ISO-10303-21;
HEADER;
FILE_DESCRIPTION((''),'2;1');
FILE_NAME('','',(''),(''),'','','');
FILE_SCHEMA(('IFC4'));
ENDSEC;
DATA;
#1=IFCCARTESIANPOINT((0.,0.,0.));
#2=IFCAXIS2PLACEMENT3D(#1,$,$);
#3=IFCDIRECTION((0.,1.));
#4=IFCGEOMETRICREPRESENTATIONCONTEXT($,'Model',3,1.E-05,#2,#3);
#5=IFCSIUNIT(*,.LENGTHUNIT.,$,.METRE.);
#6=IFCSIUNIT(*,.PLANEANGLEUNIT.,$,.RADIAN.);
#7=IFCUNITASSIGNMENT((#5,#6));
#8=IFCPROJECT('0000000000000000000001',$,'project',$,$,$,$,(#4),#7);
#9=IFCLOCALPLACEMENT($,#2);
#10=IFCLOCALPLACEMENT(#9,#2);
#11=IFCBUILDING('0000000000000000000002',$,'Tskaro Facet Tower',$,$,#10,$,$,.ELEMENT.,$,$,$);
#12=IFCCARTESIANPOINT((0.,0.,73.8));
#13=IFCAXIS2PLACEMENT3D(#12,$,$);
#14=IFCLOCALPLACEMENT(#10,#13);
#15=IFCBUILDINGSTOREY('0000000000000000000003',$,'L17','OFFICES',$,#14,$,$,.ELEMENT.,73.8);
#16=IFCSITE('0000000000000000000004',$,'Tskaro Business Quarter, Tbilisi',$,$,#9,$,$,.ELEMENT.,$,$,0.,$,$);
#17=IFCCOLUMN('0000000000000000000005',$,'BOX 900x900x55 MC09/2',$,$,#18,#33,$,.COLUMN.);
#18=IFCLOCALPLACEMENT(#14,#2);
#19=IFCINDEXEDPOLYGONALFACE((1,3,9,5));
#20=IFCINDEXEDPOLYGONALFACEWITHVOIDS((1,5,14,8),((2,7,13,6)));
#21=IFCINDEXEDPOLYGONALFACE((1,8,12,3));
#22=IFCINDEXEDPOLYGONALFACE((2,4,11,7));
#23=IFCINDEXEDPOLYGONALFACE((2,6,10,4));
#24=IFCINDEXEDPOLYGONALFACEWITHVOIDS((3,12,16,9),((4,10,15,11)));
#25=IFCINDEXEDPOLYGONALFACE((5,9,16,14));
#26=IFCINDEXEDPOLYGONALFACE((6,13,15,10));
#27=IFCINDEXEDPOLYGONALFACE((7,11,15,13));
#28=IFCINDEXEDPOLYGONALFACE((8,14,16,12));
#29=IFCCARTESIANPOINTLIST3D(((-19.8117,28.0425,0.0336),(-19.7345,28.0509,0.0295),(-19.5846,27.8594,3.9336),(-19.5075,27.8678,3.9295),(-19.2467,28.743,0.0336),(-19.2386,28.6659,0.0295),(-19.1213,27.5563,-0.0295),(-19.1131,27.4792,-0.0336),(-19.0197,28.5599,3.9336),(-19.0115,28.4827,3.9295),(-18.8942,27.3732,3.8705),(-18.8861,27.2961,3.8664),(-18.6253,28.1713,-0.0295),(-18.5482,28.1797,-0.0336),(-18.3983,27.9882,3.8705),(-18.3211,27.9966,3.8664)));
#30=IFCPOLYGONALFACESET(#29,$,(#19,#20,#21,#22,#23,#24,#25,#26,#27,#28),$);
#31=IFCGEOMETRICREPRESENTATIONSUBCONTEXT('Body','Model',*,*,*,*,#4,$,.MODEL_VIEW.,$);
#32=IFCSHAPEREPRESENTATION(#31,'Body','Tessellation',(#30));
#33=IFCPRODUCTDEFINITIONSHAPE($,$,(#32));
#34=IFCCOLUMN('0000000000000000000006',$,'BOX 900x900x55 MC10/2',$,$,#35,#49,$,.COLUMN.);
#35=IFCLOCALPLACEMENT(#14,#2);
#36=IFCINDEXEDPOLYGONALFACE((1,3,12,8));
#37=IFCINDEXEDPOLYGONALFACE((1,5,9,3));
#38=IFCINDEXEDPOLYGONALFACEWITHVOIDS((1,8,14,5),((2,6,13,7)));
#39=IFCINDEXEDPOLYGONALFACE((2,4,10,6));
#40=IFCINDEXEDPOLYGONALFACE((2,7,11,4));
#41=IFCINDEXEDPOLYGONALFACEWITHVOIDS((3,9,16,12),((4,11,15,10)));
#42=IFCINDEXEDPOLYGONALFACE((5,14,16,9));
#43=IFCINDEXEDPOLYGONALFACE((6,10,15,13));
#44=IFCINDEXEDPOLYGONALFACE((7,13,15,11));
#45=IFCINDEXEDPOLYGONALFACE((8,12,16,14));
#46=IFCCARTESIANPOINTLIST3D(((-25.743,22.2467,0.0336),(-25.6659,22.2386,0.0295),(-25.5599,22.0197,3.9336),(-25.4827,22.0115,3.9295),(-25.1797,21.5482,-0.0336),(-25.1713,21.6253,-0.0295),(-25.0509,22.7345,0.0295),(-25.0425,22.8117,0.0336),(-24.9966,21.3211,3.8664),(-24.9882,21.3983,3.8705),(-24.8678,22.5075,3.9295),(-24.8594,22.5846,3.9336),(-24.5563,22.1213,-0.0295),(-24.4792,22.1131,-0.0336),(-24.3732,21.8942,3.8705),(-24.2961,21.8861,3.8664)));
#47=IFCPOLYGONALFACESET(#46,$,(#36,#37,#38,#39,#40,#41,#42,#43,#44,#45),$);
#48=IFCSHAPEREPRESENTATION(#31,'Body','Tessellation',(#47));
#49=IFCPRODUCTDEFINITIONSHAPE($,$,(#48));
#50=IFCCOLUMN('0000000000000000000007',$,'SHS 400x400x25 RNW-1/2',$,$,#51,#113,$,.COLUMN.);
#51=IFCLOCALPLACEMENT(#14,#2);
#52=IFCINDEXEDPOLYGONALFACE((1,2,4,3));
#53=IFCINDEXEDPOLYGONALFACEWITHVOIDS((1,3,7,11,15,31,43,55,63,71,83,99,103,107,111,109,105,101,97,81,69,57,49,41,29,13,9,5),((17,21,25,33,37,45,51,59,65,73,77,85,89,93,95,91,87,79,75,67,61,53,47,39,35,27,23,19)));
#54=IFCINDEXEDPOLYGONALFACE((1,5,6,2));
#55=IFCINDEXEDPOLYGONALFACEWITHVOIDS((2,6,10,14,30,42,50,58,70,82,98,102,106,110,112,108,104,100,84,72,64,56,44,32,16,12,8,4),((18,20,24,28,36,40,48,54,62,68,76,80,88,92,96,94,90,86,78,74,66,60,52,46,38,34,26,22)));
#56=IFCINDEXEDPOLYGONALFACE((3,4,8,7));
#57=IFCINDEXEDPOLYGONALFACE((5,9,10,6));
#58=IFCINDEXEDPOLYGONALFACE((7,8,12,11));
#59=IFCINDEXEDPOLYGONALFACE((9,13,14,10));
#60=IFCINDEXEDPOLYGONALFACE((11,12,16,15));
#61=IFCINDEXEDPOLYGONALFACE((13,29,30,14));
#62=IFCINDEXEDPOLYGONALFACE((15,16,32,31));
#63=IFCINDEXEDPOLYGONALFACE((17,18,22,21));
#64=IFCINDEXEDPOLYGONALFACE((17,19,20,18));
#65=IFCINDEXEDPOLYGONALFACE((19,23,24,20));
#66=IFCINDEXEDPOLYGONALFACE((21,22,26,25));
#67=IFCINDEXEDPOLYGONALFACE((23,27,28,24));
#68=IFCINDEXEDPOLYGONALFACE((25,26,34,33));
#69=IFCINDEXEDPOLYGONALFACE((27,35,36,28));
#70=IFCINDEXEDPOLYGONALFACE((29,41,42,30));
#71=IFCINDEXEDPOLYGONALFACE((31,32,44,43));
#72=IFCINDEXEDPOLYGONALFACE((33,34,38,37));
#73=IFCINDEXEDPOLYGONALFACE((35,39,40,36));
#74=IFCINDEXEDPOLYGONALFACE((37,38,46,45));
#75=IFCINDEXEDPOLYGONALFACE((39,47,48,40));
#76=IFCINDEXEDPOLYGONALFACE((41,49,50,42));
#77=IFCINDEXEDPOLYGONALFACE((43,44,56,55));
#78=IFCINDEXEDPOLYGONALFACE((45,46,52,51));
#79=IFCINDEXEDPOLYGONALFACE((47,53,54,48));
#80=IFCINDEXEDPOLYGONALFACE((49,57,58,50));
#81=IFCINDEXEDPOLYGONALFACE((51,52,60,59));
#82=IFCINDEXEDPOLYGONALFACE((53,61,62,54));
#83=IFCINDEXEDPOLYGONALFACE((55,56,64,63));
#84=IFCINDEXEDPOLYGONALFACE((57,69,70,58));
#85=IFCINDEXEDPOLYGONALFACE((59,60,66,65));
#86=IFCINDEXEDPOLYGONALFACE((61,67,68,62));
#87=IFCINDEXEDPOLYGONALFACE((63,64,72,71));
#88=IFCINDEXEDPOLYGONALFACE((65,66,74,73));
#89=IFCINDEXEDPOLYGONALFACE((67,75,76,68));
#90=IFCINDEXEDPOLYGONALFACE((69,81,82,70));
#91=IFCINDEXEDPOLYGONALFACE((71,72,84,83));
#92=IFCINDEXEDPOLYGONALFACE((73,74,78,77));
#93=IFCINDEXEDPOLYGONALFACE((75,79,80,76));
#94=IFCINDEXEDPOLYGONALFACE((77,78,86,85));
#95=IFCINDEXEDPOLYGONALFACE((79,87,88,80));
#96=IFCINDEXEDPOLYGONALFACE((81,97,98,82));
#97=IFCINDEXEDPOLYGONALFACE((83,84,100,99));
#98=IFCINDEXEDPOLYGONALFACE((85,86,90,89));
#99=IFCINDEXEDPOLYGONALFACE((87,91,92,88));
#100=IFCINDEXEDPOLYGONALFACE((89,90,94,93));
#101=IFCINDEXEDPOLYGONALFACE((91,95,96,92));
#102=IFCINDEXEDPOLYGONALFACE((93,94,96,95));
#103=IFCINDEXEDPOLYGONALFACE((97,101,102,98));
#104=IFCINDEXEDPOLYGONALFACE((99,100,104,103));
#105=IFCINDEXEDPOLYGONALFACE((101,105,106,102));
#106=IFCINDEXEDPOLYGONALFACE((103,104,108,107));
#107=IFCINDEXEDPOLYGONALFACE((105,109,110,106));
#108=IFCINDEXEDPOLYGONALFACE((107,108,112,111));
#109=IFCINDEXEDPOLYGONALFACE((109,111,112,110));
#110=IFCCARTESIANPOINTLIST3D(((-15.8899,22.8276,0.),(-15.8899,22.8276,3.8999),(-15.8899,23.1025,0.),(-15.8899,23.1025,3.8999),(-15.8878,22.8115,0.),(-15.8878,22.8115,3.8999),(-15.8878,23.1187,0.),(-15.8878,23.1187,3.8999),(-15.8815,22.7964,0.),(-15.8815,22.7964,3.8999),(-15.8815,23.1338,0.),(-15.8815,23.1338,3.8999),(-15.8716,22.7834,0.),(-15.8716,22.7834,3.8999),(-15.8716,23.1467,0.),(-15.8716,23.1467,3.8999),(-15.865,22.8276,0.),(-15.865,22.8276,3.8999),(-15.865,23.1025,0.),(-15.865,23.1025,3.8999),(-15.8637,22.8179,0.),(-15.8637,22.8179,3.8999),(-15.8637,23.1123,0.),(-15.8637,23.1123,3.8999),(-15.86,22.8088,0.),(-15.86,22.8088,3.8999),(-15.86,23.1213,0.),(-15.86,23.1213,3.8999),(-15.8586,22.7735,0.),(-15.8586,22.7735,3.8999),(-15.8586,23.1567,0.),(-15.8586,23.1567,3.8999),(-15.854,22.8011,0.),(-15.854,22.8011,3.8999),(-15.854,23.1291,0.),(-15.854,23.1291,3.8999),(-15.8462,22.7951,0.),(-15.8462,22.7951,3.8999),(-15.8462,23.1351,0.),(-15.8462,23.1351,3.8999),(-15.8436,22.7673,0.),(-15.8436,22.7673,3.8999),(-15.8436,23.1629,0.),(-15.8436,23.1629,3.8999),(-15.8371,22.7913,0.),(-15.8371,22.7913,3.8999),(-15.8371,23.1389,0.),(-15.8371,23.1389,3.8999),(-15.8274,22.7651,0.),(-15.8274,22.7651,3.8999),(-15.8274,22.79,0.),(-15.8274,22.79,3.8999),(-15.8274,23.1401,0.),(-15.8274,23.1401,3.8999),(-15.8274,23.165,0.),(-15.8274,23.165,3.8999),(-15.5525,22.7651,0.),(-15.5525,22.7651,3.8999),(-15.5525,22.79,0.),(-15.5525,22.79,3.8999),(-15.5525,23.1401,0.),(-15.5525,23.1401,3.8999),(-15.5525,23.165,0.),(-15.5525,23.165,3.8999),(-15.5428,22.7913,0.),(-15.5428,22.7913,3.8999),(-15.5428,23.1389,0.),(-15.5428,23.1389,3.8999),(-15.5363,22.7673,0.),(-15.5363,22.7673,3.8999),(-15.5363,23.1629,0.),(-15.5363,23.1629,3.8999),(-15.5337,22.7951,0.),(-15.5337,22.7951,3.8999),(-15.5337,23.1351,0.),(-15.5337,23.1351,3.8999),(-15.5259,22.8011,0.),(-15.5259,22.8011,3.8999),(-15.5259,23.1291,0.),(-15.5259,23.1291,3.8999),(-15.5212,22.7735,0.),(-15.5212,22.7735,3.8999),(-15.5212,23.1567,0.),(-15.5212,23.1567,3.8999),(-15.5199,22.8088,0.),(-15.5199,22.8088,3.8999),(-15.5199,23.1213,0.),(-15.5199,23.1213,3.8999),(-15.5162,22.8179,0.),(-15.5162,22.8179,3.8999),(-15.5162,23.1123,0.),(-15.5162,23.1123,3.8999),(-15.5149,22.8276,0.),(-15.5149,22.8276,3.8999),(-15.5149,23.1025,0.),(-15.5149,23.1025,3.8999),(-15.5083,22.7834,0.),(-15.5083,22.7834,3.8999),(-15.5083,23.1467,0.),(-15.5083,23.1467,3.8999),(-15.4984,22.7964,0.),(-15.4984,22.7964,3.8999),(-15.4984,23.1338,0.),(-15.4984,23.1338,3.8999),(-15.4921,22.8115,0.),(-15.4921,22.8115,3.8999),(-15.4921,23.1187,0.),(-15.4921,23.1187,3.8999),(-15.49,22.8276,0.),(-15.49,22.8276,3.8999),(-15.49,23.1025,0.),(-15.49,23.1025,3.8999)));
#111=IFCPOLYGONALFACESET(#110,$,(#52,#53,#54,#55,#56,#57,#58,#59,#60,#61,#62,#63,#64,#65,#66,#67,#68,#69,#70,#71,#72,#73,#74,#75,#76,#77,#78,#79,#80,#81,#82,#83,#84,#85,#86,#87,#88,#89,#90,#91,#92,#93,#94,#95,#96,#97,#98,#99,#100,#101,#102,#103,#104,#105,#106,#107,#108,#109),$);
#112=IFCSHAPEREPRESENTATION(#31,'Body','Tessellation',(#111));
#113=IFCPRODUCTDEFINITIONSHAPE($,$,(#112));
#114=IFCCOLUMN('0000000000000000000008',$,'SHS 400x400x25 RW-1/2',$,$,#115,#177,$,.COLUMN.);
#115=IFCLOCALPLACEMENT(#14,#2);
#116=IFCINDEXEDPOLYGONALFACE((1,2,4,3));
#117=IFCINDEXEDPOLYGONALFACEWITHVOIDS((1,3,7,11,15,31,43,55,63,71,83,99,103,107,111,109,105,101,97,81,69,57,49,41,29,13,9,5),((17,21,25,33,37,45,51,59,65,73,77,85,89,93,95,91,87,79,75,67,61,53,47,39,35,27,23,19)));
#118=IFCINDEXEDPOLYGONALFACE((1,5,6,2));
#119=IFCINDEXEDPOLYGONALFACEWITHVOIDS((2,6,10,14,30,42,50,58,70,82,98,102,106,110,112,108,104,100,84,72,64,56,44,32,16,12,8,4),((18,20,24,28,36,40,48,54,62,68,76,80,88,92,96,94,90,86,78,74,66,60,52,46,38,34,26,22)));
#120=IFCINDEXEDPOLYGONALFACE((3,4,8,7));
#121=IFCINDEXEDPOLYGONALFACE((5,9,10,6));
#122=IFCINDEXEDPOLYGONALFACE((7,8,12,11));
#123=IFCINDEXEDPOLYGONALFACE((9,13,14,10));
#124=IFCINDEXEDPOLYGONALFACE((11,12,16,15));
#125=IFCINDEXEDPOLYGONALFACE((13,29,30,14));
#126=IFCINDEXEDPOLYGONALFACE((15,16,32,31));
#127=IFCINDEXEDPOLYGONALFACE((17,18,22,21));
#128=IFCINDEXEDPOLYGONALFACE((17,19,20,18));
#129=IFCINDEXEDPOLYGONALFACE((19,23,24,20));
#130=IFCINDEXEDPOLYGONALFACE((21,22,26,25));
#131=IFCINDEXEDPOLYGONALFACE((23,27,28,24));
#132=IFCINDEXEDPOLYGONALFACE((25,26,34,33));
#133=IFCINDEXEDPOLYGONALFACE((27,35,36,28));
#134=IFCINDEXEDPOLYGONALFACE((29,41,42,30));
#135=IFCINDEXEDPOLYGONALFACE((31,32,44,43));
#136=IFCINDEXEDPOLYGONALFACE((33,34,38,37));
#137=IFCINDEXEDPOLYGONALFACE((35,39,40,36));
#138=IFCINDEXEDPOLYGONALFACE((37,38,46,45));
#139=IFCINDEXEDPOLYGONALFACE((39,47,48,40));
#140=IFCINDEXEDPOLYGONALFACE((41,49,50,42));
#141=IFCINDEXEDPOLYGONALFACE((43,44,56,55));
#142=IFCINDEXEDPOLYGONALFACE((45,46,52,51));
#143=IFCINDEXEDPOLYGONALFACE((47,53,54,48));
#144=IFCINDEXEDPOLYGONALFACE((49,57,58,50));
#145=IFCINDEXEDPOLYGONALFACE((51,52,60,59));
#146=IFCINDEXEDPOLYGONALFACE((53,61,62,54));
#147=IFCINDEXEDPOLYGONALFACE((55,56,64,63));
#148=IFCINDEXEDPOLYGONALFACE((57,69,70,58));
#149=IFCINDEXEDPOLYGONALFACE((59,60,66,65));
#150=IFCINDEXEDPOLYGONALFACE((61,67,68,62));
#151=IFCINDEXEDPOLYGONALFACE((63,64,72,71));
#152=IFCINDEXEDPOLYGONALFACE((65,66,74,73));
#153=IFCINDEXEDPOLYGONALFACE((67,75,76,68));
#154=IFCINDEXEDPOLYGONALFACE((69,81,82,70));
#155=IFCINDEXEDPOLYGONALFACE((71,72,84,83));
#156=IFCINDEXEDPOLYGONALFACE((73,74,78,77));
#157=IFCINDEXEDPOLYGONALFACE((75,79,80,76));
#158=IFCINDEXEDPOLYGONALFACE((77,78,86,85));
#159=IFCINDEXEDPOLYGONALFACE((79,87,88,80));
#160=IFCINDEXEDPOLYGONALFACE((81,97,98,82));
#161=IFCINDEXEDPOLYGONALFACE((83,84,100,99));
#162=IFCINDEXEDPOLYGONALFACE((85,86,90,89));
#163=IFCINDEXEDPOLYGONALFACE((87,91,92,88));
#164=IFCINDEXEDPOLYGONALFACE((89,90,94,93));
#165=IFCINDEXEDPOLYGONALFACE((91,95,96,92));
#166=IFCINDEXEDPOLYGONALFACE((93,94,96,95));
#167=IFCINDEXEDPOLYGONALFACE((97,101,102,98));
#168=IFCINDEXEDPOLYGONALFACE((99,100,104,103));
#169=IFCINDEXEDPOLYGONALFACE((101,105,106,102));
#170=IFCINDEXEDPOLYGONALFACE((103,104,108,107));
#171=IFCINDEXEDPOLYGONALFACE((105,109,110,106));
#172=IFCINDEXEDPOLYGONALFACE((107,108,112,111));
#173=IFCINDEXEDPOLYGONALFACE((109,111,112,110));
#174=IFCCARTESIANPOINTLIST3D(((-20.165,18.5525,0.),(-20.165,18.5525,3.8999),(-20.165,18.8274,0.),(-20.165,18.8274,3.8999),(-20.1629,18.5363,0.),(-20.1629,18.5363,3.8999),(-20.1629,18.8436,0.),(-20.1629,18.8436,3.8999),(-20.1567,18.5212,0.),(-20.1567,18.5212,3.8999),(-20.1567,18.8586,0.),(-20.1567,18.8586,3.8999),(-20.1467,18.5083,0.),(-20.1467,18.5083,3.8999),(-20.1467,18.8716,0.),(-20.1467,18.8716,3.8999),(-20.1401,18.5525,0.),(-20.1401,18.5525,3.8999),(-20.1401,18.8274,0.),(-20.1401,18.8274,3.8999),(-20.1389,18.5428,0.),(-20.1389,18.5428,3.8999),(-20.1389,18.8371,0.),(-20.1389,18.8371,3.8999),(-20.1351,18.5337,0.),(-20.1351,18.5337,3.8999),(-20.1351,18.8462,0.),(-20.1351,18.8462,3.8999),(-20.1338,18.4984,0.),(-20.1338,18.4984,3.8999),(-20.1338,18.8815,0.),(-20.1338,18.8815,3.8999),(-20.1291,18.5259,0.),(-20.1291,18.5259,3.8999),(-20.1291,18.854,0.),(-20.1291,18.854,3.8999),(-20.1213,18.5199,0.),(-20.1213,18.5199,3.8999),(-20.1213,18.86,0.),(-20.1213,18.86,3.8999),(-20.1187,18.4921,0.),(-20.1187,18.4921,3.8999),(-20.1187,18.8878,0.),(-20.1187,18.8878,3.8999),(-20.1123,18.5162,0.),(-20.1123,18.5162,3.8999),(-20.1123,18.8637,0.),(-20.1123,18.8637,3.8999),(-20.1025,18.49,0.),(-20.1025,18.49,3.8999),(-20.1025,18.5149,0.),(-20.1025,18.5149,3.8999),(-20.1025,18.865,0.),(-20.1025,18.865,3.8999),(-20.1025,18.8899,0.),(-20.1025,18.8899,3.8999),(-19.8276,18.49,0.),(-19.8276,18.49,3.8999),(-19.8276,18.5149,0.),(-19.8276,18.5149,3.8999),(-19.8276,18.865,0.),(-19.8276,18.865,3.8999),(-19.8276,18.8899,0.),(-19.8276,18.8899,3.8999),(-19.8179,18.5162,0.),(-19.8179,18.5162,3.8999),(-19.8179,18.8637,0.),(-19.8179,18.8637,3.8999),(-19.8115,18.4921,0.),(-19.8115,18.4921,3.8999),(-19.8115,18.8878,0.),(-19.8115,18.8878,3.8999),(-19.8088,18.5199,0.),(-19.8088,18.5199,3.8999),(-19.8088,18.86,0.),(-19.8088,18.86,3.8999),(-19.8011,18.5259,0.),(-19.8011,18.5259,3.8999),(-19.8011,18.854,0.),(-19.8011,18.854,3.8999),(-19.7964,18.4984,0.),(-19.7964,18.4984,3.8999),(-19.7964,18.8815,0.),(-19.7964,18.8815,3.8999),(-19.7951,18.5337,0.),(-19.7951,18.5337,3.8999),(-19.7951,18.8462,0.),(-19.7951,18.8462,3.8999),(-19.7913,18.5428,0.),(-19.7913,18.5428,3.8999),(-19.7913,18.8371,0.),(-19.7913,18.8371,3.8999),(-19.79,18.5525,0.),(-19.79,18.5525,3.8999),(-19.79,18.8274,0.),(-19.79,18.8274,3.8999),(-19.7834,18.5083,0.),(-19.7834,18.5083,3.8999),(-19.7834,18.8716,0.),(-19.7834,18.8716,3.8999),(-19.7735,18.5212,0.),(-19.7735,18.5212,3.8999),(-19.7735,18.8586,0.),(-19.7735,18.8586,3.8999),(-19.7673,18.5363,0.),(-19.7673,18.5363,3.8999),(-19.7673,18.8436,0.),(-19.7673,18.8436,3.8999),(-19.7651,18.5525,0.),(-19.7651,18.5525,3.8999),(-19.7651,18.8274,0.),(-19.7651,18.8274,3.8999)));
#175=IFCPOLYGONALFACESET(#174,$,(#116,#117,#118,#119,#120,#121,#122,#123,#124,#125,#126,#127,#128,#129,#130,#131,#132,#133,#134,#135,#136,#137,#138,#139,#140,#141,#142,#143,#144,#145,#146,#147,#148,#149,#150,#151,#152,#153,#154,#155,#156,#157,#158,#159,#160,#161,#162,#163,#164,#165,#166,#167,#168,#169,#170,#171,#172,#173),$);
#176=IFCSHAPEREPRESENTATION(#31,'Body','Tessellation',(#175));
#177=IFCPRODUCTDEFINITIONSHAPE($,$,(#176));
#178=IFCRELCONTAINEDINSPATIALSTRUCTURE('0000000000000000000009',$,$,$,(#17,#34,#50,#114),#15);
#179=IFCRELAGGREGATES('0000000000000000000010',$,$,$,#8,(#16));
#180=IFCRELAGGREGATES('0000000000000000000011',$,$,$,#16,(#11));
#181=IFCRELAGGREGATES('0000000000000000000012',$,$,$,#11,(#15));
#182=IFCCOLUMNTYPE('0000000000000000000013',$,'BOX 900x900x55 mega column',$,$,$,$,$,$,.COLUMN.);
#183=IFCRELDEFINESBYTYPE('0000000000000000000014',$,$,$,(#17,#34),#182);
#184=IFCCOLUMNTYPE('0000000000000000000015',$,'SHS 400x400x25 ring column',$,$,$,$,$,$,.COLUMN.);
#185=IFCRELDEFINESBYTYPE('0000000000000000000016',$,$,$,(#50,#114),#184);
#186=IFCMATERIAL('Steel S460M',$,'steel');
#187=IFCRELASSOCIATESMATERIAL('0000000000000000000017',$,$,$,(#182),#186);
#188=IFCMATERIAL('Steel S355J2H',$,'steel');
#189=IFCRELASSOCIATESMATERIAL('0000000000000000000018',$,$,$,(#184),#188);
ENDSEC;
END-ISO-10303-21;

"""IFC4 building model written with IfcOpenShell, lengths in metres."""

from ifc_helpers import new_model, si_unit, direction, frame, origin, origin_2d, place, context, subcontext, project, spatial, hollow_rectangle, extrude, material, material_profile, profile_set, type_object, element, save


model = new_model("IFC4")

# Units and contexts
model_context = context("Model", 3, precision=1e-05, world=origin(), true_north=direction((0.0, 1.0)))
body_context = subcontext(model_context, "Body", "Model", "MODEL_VIEW")
ifc_project = project(units=[si_unit("LENGTHUNIT", "METRE"), si_unit("PLANEANGLEUNIT", "RADIAN")], contexts=[model_context])

# Site, building, storey
site_placement = place(None, origin())
site = spatial("IfcSite", under=ifc_project, at=site_placement, Name="Tskaro Business Quarter, Tbilisi", CompositionType="ELEMENT", RefElevation=0.0)
building_placement = place(site_placement, origin())
building = spatial("IfcBuilding", under=site, at=building_placement, Name="Tskaro Facet Tower", CompositionType="ELEMENT")
storey_placement = place(building_placement, frame((0.0, 0.0, 73.8)))
storey = spatial("IfcBuildingStorey", under=building, at=storey_placement, Name="L17", Description="OFFICES", CompositionType="ELEMENT", Elevation=73.8)

# Columns
ifc_material_1 = material(Name="Steel S460M", Category="steel")
ifc_material_profile_1 = material_profile(ifc_material_1, hollow_rectangle(XDim=0.8999, YDim=0.8999, WallThickness=0.0549, at=origin_2d()), Name="BOX 900x900x55")
ifc_profile_set_1 = profile_set([ifc_material_profile_1], Name="Steel S460M")
column_type_1 = type_object("IfcColumnType", Name="BOX 900x900x55 mega column", PredefinedType="COLUMN", material=ifc_profile_set_1)
for number, where, z_axis, x_axis, name in (
    (1, (-19.1799, 28.1111, 0.0), (0.058057, -0.046821, 0.997215), (0.627752, 0.778413, 0.0), "BOX 900x900x55 MC09/2"),
    (2, (-25.1111, 22.1799, 0.0), (0.046821, -0.058057, 0.997215), (0.778413, 0.627752, 0.0), "BOX 900x900x55 MC10/2"),
):
    element("IfcColumn", number, at=place(storey_placement, frame(where, z_axis=z_axis, x_axis=x_axis)), inside=storey, type_object=column_type_1, Name=name, PredefinedType="COLUMN", context=body_context, shape_type="SweptSolid", body=[
        extrude(hollow_rectangle(XDim=0.8999, YDim=0.8999, WallThickness=0.0549, at=origin_2d()), origin(), (0.0, 0.0, 1.0), 3.9109),
    ])
ifc_material_2 = material(Name="Steel S355J2H", Category="steel")
ifc_material_profile_2 = material_profile(ifc_material_2, hollow_rectangle(XDim=0.3999, YDim=0.3999, WallThickness=0.0249, InnerFilletRadius=0.0376, OuterFilletRadius=0.0625, at=origin_2d()), Name="SHS 400x400x25")
ifc_profile_set_2 = profile_set([ifc_material_profile_2], Name="Steel S355J2H")
column_type_2 = type_object("IfcColumnType", Name="SHS 400x400x25 ring column", PredefinedType="COLUMN", material=ifc_profile_set_2)
for number, where, z_axis, x_axis, name in (
    (3, (-15.6899, 22.9651, 0.0), (0.0, 0.0, 1.0), (1.0, 0.0, 0.0), "SHS 400x400x25 RNW-1/2"),
    (4, (-19.9651, 18.6899, 0.0), (0.0, 0.0, 1.0), (1.0, 0.0, 0.0), "SHS 400x400x25 RW-1/2"),
):
    element("IfcColumn", number, at=place(storey_placement, frame(where, z_axis=z_axis, x_axis=x_axis)), inside=storey, type_object=column_type_2, Name=name, PredefinedType="COLUMN", context=body_context, shape_type="SweptSolid", body=[
        extrude(hollow_rectangle(XDim=0.3999, YDim=0.3999, WallThickness=0.0249, InnerFilletRadius=0.0376, OuterFilletRadius=0.0625, at=origin_2d()), origin(), (0.0, 0.0, 1.0), 3.8999),
    ])

save(model, "model.ifc")
